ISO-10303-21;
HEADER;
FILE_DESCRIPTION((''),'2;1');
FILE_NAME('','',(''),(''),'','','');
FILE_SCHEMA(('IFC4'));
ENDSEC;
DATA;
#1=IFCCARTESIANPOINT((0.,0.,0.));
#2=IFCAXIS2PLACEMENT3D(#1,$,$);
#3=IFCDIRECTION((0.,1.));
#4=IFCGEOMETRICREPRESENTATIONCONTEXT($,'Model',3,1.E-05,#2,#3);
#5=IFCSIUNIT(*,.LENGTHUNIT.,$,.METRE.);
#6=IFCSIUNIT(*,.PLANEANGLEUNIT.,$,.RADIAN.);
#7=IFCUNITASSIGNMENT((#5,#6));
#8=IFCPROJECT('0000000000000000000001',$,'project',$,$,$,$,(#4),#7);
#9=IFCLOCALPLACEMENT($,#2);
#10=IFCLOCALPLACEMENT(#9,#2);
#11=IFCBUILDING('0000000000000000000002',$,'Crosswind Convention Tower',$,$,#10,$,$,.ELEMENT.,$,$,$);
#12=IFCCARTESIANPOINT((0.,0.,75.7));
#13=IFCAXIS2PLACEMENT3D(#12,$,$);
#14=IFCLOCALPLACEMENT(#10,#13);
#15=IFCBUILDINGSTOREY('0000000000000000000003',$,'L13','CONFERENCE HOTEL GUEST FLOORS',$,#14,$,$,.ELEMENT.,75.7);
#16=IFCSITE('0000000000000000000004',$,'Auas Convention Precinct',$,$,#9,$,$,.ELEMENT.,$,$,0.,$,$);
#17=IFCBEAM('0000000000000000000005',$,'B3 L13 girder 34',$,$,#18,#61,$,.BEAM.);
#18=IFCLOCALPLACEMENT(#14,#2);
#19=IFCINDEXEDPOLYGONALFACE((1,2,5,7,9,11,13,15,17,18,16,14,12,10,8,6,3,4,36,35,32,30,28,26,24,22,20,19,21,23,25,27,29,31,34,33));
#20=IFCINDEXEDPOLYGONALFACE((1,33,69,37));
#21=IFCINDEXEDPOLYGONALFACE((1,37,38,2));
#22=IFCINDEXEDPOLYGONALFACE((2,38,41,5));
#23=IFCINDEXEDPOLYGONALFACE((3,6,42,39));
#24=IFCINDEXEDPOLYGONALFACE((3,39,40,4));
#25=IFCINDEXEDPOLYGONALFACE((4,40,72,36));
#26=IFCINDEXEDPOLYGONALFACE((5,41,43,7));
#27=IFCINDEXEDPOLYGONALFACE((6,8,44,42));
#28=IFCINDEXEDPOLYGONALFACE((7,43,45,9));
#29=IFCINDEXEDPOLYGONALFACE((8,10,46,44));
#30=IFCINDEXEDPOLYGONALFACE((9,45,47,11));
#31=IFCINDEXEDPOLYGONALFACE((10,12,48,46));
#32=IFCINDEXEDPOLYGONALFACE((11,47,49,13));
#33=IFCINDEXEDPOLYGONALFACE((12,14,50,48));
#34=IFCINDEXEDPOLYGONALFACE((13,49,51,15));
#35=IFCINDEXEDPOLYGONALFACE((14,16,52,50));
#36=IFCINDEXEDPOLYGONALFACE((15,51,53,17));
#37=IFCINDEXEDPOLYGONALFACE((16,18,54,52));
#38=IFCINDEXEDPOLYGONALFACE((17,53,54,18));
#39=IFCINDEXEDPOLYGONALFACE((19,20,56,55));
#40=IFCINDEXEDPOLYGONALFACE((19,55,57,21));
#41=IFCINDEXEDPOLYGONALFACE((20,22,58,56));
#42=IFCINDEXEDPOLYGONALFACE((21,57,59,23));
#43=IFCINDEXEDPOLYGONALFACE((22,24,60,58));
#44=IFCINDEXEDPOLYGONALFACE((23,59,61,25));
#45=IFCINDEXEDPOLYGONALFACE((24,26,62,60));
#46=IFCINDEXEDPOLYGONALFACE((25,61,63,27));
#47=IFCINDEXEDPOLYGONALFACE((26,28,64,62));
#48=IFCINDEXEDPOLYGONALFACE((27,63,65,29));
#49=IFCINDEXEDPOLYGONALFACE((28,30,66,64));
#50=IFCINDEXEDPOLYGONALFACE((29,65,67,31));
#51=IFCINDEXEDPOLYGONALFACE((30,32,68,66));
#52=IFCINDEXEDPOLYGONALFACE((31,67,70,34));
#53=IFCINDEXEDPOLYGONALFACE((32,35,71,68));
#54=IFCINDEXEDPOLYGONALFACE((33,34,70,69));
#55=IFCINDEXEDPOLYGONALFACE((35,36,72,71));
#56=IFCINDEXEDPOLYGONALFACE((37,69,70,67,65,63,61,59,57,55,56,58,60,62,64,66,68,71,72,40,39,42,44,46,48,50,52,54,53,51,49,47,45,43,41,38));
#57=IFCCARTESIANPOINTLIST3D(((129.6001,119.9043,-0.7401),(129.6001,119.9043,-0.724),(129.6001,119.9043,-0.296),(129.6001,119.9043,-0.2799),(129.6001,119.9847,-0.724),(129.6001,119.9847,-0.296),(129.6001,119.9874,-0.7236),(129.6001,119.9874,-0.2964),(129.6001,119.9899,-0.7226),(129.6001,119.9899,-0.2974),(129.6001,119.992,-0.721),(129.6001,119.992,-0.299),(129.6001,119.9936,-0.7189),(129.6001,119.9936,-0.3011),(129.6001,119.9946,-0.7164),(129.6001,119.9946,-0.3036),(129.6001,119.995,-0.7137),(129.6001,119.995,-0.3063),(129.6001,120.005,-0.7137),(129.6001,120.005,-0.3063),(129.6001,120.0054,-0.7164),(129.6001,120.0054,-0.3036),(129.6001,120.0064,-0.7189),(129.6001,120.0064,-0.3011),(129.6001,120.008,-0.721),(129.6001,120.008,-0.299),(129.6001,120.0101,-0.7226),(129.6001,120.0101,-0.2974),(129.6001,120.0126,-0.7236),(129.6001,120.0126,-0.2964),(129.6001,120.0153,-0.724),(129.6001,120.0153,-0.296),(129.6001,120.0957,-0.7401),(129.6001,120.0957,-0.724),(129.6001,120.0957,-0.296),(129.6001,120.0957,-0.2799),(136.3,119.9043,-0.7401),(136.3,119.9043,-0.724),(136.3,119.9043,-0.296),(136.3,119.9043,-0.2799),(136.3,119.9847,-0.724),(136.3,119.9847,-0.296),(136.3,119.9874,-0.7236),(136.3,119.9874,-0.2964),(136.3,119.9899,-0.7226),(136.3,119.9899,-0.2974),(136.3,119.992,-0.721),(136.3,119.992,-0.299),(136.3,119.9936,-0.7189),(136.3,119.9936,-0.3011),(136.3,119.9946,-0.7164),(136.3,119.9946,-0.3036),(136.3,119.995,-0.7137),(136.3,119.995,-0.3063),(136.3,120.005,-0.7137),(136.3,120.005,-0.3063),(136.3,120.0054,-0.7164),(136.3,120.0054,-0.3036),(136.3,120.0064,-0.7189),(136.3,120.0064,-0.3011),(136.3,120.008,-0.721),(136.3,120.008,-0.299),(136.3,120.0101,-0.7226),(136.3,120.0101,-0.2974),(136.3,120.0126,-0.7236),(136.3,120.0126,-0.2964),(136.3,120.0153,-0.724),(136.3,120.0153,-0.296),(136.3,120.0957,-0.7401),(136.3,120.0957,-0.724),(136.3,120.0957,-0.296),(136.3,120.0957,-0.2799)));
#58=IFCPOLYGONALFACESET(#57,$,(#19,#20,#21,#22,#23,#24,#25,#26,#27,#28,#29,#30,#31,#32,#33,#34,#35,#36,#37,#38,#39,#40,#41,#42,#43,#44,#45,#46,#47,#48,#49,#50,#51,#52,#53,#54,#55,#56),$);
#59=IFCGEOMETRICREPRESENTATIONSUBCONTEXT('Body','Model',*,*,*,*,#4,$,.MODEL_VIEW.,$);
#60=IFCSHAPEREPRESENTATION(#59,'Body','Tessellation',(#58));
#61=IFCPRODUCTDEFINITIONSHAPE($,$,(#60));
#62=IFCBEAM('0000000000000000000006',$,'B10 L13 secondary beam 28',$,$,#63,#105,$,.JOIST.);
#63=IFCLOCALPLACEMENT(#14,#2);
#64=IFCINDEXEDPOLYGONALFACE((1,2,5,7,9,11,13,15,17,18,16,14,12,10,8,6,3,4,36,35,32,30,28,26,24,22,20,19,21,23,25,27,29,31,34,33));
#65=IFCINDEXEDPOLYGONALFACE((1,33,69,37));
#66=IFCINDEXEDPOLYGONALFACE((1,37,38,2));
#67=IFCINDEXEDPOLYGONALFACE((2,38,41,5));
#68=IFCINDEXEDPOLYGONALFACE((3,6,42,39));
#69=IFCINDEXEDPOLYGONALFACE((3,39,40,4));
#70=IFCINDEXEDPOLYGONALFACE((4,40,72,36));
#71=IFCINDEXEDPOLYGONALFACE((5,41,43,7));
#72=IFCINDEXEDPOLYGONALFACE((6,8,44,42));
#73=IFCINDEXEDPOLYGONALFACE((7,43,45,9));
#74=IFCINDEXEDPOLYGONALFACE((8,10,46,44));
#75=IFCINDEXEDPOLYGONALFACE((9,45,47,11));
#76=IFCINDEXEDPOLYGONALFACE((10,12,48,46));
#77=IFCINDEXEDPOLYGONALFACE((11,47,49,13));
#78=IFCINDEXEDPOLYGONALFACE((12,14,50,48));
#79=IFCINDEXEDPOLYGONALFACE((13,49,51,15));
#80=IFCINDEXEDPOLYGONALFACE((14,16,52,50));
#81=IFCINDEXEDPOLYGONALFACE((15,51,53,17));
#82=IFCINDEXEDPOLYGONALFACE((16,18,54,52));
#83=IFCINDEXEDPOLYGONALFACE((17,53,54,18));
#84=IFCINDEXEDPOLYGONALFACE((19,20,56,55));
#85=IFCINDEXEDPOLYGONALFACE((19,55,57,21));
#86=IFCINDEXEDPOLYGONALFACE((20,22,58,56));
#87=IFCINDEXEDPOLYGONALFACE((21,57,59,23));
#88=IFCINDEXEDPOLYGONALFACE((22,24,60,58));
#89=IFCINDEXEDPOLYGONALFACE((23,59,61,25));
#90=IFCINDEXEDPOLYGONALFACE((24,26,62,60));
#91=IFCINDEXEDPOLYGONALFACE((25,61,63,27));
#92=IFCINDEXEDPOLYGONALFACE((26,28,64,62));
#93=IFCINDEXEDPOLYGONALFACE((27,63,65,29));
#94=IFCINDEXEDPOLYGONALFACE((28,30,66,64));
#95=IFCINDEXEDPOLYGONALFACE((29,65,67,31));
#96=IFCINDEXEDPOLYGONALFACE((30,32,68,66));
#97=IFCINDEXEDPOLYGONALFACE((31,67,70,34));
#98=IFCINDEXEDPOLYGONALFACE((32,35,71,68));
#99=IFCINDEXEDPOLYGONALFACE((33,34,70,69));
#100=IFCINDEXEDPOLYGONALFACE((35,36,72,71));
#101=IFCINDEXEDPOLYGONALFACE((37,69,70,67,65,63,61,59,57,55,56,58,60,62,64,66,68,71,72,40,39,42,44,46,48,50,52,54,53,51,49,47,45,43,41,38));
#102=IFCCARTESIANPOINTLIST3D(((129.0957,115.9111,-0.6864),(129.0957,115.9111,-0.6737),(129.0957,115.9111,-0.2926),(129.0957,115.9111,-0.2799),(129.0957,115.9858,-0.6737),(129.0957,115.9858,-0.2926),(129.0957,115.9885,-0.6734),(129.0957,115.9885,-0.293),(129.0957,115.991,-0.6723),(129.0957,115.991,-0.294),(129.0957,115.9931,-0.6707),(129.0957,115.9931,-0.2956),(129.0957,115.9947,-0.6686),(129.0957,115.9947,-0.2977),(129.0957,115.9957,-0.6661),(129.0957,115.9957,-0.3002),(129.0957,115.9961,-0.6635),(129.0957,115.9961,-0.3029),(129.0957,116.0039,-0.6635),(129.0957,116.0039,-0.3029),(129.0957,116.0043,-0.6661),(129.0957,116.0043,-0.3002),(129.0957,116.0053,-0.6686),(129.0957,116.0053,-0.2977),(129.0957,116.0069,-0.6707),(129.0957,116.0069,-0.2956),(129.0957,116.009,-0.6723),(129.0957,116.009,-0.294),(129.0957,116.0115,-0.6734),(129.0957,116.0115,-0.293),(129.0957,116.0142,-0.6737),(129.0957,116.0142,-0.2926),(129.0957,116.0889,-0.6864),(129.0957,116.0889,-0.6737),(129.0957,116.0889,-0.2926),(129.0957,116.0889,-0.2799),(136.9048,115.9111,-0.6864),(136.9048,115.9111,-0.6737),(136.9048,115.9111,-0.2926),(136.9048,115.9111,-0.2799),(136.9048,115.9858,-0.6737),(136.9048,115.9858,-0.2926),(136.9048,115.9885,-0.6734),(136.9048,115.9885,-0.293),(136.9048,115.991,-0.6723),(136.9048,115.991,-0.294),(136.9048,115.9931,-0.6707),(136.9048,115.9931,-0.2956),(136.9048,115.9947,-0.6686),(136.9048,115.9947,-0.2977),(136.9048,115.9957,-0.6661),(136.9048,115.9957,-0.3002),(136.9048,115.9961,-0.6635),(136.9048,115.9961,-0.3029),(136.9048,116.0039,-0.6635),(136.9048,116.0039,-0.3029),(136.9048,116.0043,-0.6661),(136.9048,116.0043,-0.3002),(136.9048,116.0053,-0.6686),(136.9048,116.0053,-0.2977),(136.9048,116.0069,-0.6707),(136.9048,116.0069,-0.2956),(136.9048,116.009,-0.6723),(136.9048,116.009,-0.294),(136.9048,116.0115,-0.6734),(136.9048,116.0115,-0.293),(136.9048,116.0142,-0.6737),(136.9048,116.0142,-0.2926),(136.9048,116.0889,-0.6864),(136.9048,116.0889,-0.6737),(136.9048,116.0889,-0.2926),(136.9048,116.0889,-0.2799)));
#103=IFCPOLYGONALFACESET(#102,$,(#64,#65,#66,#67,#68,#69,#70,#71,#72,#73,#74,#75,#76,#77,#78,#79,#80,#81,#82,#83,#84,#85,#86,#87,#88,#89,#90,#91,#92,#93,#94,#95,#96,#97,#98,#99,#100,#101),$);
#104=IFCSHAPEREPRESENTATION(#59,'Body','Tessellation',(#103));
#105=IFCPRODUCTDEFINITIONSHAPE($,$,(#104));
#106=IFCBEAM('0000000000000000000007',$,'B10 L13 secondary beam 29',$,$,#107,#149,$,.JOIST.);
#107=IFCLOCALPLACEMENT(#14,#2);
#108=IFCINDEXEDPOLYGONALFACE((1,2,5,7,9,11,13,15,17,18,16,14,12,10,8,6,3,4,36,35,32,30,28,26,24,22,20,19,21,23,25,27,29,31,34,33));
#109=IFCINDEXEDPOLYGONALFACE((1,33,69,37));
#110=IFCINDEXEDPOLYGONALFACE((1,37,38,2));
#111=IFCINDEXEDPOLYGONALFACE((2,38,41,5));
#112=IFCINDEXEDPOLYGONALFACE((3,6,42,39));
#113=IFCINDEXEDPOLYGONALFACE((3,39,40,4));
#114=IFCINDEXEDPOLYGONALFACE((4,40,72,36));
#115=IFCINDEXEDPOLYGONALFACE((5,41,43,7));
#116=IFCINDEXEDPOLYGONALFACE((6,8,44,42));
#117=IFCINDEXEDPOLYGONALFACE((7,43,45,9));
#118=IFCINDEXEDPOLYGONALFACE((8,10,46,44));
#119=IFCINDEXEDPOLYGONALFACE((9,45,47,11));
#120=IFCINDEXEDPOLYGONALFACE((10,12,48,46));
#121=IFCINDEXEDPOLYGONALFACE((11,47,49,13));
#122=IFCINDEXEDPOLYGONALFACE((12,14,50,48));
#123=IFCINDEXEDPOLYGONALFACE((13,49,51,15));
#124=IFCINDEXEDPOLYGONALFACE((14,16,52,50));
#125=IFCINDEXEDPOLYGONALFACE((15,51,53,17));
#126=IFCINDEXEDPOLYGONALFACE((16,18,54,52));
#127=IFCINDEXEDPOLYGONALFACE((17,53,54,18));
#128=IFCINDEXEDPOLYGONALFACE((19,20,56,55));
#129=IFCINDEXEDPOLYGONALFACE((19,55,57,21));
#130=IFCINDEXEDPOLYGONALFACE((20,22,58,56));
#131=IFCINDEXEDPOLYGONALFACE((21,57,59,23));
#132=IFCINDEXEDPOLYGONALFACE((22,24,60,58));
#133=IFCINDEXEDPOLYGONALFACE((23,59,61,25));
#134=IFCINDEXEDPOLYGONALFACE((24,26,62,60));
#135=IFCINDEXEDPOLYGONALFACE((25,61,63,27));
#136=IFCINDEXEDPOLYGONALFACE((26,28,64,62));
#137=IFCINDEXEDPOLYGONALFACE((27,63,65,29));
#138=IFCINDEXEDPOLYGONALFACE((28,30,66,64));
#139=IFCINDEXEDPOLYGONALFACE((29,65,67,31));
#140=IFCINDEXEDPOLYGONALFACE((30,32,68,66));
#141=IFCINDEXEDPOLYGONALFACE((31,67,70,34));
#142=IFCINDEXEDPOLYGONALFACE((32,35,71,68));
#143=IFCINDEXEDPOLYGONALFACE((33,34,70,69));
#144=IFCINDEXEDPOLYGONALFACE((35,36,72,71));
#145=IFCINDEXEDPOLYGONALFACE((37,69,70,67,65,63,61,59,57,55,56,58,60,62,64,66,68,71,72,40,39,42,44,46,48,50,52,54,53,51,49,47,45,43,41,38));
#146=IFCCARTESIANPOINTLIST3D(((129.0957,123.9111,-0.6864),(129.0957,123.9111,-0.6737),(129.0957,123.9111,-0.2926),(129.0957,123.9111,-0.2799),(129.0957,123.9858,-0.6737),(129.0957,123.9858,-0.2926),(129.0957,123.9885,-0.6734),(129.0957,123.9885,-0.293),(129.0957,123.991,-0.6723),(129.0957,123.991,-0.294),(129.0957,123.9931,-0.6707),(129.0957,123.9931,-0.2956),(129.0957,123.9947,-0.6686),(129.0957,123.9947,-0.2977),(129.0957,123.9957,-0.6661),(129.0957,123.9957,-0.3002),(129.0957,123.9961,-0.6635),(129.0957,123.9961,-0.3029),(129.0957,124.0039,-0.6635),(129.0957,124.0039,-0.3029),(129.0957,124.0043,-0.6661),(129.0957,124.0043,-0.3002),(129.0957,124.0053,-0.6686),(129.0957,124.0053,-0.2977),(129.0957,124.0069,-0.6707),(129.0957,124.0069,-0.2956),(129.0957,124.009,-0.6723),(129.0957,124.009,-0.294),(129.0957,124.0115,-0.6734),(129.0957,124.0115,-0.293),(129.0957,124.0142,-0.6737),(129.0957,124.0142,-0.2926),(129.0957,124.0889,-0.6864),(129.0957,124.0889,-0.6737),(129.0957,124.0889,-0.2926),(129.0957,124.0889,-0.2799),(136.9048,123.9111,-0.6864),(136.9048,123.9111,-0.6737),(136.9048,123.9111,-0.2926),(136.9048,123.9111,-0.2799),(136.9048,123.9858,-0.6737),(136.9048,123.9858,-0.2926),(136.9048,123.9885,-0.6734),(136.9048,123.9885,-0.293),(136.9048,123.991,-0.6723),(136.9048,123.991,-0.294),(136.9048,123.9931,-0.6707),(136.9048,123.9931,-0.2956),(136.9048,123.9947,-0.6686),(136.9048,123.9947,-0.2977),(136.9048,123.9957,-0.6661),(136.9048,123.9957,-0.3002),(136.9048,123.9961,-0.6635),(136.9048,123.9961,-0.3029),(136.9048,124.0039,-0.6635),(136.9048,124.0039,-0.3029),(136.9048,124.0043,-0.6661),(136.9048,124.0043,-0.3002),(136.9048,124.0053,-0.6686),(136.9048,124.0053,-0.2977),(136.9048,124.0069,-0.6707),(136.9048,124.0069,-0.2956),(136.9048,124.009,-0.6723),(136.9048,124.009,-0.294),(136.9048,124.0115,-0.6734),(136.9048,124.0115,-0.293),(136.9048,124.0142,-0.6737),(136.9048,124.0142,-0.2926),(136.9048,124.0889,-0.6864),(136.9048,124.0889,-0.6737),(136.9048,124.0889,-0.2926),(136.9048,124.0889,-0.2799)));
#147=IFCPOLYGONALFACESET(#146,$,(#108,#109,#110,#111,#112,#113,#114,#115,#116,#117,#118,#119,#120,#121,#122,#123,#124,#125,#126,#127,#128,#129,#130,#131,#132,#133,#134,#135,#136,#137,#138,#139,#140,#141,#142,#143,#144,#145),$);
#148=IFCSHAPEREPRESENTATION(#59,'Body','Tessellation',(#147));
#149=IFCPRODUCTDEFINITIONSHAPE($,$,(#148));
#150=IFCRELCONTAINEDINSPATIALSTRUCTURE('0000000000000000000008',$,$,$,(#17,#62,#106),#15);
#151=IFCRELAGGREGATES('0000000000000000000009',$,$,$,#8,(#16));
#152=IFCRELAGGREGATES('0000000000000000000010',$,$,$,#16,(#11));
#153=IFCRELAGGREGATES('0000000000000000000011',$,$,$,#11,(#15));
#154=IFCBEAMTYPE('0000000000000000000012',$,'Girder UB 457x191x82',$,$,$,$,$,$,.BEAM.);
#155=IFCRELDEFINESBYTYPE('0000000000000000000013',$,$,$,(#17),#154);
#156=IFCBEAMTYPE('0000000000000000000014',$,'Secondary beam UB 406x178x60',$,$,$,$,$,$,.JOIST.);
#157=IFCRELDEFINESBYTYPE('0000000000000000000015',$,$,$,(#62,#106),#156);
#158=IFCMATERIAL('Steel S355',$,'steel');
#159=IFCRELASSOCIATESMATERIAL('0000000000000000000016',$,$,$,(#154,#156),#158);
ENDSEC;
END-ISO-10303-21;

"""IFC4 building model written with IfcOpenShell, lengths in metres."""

from ifc_helpers import new_model, si_unit, direction, frame, origin, origin_2d, place, context, subcontext, project, spatial, i_section, extrude, material, material_profile, profile_set, type_object, element, save


model = new_model("IFC4")

# Units and contexts
model_context = context("Model", 3, precision=1e-05, world=origin(), true_north=direction((0.0, 1.0)))
body_context = subcontext(model_context, "Body", "Model", "MODEL_VIEW")
ifc_project = project(units=[si_unit("LENGTHUNIT", "METRE"), si_unit("PLANEANGLEUNIT", "RADIAN")], contexts=[model_context])

# Site, building, storey
site_placement = place(None, origin())
site = spatial("IfcSite", under=ifc_project, at=site_placement, Name="Auas Convention Precinct", CompositionType="ELEMENT", RefElevation=0.0)
building_placement = place(site_placement, origin())
building = spatial("IfcBuilding", under=site, at=building_placement, Name="Crosswind Convention Tower", CompositionType="ELEMENT")
storey_placement = place(building_placement, frame((0.0, 0.0, 75.7)))
storey = spatial("IfcBuildingStorey", under=building, at=storey_placement, Name="L13", Description="CONFERENCE HOTEL GUEST FLOORS", CompositionType="ELEMENT", Elevation=75.7)

# Beams
ifc_material_1 = material(Name="Steel S355", Category="steel")
ifc_material_profile_1 = material_profile(ifc_material_1, i_section(OverallWidth=0.1914, OverallDepth=0.4602, WebThickness=0.01, FlangeThickness=0.0161, FilletRadius=0.0103, at=origin_2d()), Name="UB 457x191x82")
ifc_profile_set_1 = profile_set([ifc_material_profile_1], Name="Steel S355")
beam_type_1 = type_object("IfcBeamType", Name="Girder UB 457x191x82", PredefinedType="BEAM", material=ifc_profile_set_1)
beam_1_placement = place(storey_placement, frame((129.6001, 120.0, -0.51), z_axis=(1.0, 0.0, 0.0), x_axis=(0.0, 1.0, 0.0)))
element("IfcBeam", 1, at=beam_1_placement, inside=storey, type_object=beam_type_1, Name="B3 L13 girder 34", PredefinedType="BEAM", context=body_context, shape_type="SweptSolid", body=[
    extrude(i_section(OverallWidth=0.1914, OverallDepth=0.4602, WebThickness=0.01, FlangeThickness=0.0161, FilletRadius=0.0103, at=origin_2d()), origin(), (0.0, 0.0, 1.0), 6.7),
])
ifc_material_profile_2 = material_profile(ifc_material_1, i_section(OverallWidth=0.1777, OverallDepth=0.4065, WebThickness=0.0078, FlangeThickness=0.0127, FilletRadius=0.0103, at=origin_2d()), Name="UB 406x178x60")
ifc_profile_set_2 = profile_set([ifc_material_profile_2], Name="Steel S355")
beam_type_2 = type_object("IfcBeamType", Name="Secondary beam UB 406x178x60", PredefinedType="JOIST", material=ifc_profile_set_2)
for number, where, z_axis, x_axis, name in (
    (2, (129.0957, 116.0, -0.4832), (1.0, 0.0, 0.0), (0.0, 1.0, 0.0), "B10 L13 secondary beam 28"),
    (3, (129.0957, 124.0, -0.4832), (1.0, 0.0, 0.0), (0.0, 1.0, 0.0), "B10 L13 secondary beam 29"),
):
    element("IfcBeam", number, at=place(storey_placement, frame(where, z_axis=z_axis, x_axis=x_axis)), inside=storey, type_object=beam_type_2, Name=name, PredefinedType="JOIST", context=body_context, shape_type="SweptSolid", body=[
        extrude(i_section(OverallWidth=0.1777, OverallDepth=0.4065, WebThickness=0.0078, FlangeThickness=0.0127, FilletRadius=0.0103, at=origin_2d()), origin(), (0.0, 0.0, 1.0), 7.8091),
    ])

save(model, "model.ifc")
